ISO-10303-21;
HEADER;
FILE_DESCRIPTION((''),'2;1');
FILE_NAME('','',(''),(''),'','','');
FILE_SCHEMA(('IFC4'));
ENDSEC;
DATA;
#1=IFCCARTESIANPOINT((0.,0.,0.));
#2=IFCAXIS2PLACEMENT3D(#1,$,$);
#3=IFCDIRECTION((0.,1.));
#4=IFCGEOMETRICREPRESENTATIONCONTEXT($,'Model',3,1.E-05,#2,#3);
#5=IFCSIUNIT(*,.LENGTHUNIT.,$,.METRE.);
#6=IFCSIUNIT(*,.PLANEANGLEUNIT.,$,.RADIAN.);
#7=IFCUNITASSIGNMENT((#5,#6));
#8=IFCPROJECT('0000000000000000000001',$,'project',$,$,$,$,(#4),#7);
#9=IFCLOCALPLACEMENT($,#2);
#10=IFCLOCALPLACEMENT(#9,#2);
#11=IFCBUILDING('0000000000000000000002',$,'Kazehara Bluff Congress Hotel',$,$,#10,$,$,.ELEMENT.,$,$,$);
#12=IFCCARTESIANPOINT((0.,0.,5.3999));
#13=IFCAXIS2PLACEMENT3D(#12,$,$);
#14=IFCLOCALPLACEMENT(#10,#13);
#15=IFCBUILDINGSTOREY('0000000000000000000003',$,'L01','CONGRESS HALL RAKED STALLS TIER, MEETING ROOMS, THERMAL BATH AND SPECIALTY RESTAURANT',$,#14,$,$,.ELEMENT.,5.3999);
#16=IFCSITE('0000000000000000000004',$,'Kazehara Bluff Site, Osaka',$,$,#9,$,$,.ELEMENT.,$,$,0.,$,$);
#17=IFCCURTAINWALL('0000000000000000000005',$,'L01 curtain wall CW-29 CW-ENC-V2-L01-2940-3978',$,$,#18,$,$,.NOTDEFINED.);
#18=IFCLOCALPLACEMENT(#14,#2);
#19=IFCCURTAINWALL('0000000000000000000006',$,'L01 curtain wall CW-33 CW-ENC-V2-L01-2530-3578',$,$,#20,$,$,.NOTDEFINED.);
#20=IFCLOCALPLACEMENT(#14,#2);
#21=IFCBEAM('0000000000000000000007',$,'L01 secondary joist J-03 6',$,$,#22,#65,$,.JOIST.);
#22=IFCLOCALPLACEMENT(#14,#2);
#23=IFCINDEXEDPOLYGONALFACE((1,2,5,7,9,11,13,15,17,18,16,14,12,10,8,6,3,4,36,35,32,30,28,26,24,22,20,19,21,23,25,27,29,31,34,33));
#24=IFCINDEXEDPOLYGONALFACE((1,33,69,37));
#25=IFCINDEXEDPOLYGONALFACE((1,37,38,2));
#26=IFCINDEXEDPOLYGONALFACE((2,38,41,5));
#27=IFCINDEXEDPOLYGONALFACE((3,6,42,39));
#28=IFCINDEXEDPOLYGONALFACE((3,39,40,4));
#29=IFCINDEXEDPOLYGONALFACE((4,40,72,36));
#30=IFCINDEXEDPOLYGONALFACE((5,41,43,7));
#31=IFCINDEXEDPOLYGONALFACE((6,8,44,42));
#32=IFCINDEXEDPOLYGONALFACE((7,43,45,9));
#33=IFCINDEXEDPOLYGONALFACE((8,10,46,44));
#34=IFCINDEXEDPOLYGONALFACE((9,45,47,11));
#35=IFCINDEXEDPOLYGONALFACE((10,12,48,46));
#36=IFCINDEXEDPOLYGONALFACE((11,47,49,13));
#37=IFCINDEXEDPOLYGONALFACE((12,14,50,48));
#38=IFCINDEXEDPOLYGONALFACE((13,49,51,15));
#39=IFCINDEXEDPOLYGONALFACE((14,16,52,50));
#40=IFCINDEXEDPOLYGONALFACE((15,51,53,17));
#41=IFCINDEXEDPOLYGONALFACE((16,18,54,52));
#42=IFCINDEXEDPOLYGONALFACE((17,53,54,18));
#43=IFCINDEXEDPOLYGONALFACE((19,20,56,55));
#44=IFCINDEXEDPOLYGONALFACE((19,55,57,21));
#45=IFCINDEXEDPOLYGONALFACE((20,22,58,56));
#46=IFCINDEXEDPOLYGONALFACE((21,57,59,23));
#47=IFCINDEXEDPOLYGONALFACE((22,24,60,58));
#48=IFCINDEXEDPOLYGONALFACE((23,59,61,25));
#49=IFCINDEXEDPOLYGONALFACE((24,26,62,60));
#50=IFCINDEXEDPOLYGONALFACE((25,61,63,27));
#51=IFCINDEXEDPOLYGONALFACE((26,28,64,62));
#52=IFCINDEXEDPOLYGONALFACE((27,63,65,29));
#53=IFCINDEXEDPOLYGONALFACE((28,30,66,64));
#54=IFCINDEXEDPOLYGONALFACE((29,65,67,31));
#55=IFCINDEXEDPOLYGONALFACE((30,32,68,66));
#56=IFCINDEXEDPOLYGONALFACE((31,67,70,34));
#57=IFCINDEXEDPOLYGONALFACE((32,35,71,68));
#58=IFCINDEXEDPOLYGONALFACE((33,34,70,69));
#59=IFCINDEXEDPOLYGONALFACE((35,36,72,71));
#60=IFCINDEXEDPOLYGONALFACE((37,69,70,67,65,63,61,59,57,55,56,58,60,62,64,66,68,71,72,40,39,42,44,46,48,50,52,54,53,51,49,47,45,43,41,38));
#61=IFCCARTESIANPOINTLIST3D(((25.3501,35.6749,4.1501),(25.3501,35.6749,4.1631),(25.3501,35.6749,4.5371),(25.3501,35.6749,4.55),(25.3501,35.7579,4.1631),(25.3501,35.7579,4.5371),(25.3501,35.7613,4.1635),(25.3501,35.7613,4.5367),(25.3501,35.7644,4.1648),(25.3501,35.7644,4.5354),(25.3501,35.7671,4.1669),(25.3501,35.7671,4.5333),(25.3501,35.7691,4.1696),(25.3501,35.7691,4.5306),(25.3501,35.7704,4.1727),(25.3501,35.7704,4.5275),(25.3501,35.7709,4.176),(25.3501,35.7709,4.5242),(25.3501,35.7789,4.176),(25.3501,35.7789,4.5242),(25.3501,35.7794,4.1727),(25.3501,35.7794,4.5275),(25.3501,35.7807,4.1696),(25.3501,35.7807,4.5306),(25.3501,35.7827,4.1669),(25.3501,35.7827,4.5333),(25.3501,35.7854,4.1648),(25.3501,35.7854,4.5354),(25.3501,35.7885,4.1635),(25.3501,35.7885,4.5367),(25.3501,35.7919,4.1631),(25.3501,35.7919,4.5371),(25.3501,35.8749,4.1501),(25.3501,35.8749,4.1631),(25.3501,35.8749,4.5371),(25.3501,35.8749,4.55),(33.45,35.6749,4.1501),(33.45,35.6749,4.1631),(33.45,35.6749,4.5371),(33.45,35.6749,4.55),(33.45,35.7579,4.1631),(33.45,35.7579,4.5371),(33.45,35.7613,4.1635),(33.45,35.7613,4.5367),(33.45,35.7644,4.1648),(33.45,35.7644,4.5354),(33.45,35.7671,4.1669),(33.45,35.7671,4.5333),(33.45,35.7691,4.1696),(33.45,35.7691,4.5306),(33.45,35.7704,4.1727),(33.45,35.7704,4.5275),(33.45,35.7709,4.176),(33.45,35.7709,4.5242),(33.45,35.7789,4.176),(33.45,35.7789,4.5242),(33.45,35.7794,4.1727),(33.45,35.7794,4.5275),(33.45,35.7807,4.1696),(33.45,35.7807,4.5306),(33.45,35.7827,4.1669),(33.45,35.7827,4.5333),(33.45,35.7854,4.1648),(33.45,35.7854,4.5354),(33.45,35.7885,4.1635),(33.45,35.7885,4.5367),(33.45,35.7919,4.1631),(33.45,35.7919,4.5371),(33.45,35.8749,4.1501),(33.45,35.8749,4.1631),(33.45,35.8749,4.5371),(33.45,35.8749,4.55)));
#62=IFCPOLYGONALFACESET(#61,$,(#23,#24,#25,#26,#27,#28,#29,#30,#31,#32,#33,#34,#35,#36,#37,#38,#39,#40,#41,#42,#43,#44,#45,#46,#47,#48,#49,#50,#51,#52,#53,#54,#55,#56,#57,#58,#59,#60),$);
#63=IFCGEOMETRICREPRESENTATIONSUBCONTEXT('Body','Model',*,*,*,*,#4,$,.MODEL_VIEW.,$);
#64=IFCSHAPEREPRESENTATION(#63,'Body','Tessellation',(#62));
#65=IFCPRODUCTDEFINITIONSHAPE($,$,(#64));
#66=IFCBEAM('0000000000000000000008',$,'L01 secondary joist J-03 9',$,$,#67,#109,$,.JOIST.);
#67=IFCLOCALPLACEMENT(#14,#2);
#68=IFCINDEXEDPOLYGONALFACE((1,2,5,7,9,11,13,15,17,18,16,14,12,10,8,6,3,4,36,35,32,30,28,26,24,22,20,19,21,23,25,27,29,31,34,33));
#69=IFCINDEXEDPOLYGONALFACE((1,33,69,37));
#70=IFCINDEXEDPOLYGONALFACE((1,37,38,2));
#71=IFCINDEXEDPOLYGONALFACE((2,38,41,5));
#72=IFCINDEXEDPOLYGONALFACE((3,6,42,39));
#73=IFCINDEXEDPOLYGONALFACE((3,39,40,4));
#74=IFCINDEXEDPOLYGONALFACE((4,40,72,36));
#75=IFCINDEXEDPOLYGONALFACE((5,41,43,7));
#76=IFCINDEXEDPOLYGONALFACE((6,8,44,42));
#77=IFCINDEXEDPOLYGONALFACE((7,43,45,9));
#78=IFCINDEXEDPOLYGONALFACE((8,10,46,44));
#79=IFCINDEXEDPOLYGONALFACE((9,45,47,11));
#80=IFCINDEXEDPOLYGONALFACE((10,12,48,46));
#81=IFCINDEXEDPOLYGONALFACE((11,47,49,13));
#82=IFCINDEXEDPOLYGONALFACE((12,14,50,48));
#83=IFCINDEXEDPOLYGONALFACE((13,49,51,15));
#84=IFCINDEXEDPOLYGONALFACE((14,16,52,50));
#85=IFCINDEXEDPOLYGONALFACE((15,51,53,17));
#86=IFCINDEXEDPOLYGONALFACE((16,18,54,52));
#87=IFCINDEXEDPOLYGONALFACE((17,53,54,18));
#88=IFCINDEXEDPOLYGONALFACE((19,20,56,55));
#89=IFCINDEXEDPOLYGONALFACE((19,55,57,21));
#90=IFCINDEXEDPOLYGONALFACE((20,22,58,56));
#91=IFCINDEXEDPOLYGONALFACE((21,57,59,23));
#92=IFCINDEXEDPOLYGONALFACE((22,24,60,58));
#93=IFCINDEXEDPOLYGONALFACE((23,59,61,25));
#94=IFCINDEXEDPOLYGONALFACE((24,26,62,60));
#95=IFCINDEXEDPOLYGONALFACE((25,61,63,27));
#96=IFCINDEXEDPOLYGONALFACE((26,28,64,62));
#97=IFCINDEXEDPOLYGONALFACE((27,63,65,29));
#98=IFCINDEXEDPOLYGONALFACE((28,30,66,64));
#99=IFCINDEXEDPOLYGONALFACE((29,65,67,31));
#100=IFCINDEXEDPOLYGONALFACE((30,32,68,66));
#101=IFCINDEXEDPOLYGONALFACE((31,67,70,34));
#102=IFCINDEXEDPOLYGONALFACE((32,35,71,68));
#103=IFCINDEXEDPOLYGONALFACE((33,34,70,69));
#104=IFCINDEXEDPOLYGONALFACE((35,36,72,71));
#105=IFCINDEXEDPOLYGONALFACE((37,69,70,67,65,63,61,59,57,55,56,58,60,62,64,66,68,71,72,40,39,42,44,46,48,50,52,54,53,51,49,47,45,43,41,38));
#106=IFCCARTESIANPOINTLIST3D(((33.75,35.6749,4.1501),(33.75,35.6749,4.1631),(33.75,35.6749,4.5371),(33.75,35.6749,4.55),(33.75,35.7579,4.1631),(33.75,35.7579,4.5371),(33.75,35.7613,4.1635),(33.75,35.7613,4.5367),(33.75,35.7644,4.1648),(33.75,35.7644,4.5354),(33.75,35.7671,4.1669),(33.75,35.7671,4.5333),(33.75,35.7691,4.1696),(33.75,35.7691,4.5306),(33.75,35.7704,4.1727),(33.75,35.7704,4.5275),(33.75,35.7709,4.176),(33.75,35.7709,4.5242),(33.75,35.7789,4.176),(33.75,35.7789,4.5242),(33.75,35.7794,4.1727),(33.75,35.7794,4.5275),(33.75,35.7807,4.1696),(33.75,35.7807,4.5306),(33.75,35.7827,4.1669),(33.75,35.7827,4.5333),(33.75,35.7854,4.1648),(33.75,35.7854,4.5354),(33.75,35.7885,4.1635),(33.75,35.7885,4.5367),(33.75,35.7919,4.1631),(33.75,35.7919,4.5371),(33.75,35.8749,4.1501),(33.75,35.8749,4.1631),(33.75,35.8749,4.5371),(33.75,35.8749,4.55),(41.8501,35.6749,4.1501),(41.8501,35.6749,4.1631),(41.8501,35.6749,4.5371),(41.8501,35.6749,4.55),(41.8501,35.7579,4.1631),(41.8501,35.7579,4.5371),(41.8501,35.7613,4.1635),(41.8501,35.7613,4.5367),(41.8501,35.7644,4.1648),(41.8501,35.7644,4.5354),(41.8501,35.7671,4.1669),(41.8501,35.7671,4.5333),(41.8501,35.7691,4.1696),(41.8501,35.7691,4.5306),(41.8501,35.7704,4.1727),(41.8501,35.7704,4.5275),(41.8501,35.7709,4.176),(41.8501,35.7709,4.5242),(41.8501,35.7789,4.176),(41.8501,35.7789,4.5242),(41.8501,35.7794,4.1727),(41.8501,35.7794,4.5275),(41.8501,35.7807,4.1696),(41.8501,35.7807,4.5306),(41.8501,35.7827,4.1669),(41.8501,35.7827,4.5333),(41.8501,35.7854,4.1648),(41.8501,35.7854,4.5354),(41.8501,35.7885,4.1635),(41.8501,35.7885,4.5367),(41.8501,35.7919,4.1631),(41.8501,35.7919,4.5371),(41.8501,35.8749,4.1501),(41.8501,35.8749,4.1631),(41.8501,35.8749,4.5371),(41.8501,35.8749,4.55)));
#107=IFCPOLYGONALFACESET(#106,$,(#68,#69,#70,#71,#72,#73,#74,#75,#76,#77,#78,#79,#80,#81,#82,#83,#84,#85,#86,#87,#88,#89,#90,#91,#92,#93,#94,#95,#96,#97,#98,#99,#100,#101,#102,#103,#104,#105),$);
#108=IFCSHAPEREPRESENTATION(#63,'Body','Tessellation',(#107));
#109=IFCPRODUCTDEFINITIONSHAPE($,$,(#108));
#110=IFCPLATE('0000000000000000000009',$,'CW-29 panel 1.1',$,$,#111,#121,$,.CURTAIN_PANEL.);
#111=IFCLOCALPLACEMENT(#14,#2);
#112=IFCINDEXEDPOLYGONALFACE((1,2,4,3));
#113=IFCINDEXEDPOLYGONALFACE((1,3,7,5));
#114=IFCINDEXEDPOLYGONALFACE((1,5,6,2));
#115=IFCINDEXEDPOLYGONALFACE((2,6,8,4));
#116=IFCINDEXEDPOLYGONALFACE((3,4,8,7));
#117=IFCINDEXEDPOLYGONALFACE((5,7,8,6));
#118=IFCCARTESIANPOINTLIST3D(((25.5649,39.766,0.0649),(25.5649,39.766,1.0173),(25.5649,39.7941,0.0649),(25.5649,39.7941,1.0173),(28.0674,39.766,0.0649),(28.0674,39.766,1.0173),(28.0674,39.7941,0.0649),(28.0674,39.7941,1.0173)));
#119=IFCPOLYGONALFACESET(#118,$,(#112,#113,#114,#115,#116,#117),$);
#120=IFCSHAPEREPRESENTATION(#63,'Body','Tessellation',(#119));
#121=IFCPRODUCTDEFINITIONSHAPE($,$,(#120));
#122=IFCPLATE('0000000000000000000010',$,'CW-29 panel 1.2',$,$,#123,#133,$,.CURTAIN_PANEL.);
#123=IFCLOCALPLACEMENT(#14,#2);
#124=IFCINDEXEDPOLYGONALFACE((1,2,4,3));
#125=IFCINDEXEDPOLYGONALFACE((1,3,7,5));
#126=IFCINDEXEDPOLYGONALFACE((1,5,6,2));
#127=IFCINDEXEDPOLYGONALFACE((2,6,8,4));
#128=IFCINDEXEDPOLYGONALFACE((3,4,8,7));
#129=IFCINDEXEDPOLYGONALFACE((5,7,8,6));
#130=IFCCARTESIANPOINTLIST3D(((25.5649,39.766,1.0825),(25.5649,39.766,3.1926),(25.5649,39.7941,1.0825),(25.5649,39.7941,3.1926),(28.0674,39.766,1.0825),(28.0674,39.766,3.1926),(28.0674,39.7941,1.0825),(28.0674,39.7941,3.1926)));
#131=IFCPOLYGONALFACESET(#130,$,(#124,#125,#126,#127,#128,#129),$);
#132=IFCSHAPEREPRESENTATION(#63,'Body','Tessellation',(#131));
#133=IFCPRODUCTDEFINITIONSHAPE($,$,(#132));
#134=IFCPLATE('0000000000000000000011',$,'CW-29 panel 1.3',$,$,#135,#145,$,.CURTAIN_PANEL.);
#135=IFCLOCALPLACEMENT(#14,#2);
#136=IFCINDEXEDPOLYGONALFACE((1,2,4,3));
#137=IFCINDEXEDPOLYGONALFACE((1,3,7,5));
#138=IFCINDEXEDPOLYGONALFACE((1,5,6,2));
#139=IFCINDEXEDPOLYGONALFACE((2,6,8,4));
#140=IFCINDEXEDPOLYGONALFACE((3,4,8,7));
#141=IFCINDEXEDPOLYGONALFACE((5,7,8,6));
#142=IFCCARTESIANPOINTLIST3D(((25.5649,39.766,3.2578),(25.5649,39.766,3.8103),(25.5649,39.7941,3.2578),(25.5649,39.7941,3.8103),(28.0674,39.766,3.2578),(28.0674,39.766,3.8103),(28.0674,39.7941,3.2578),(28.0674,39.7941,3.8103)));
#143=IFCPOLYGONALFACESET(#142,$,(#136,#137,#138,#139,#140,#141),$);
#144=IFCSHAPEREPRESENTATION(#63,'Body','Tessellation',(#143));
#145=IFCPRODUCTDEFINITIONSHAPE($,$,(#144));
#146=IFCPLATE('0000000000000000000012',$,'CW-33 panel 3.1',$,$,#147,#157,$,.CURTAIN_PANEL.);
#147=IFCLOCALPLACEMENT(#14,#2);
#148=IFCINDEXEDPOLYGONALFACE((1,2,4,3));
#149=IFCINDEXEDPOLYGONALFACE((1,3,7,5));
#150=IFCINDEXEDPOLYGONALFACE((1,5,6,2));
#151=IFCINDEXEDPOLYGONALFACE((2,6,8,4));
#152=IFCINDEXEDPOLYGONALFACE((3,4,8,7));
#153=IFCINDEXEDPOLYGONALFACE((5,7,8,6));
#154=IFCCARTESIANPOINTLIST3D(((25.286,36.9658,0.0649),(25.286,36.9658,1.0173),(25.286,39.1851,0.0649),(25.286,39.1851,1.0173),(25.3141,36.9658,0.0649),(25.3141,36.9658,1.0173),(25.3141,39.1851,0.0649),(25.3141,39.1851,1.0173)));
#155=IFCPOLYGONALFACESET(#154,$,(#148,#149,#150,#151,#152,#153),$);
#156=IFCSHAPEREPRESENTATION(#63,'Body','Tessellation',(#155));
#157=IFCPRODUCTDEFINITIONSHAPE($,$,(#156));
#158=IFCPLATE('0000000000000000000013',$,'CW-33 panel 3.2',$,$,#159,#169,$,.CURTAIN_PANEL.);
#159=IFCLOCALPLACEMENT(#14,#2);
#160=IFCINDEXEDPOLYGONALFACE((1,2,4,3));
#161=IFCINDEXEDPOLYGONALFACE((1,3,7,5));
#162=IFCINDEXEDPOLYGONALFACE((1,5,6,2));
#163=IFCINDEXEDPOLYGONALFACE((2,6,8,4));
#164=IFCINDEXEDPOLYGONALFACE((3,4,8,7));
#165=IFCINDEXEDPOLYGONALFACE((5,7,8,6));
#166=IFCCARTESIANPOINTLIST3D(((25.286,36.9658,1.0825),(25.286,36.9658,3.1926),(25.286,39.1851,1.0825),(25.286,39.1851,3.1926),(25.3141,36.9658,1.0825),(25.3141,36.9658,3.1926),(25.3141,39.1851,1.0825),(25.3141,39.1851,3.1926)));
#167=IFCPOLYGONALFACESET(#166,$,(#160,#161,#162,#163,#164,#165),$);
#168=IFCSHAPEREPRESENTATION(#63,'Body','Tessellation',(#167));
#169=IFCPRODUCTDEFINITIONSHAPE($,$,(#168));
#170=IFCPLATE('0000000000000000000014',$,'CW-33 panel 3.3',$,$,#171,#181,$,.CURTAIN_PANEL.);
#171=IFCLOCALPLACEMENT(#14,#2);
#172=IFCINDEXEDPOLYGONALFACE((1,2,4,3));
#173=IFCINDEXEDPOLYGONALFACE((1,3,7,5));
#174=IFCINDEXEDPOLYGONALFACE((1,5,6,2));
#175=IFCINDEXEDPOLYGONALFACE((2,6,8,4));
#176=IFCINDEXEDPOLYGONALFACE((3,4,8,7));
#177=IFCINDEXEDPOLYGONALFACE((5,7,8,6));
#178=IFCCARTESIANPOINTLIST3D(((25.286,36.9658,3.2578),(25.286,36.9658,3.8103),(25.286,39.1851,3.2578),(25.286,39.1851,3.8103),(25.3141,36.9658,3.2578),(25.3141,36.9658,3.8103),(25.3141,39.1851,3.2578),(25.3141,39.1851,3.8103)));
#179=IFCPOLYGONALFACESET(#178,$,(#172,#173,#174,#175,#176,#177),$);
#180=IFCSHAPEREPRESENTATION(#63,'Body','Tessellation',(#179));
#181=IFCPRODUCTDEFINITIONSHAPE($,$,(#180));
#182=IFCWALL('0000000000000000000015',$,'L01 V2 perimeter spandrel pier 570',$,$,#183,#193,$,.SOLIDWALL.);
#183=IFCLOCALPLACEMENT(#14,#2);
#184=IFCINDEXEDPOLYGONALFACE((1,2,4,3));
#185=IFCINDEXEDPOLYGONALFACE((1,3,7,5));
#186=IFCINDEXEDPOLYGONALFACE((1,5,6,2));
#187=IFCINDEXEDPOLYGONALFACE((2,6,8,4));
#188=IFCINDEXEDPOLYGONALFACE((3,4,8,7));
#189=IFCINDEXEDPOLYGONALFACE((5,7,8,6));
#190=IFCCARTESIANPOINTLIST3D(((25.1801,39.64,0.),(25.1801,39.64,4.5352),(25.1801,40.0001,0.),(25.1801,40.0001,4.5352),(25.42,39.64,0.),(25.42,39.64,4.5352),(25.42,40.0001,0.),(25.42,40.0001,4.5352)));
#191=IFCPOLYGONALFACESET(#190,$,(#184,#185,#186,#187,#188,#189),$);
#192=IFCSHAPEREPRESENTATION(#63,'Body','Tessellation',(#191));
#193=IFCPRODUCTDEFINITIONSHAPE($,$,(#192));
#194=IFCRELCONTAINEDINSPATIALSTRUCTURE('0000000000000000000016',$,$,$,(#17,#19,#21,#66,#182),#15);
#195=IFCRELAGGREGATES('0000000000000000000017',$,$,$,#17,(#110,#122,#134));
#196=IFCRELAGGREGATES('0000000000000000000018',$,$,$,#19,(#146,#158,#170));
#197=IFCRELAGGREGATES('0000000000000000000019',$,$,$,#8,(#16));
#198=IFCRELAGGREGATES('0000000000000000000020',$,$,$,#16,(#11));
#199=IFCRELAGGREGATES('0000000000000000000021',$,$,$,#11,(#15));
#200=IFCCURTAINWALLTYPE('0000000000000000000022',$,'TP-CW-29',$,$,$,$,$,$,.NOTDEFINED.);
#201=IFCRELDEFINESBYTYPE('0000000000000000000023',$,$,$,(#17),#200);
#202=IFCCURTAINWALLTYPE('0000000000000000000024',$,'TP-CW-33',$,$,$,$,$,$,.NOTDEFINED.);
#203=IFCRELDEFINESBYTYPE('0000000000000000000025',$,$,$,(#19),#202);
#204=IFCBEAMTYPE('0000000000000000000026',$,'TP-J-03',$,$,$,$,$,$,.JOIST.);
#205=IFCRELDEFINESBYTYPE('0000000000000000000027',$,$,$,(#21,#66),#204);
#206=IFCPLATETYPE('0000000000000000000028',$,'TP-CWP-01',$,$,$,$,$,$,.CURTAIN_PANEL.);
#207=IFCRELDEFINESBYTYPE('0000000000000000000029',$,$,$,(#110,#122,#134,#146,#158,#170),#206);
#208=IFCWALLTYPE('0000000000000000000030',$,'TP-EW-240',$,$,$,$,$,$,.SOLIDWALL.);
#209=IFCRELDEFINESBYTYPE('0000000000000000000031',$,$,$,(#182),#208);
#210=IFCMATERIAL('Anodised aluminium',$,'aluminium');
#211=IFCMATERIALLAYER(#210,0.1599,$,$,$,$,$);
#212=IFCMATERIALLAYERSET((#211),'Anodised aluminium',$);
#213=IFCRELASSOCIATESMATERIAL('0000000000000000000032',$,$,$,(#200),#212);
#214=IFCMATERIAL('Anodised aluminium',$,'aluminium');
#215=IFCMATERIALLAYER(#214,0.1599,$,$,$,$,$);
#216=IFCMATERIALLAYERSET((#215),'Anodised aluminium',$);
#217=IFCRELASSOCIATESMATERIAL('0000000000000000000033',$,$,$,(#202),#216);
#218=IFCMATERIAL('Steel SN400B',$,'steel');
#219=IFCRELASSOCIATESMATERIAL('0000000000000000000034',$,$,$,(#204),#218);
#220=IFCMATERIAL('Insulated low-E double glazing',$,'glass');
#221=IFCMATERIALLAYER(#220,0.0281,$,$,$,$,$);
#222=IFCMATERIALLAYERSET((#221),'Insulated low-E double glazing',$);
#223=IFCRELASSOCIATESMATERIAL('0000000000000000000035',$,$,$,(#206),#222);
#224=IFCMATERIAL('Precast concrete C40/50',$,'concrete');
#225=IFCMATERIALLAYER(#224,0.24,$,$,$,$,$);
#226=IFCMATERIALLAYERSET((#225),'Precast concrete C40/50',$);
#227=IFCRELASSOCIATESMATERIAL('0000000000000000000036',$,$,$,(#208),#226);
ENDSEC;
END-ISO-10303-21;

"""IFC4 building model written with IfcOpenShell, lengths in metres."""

from ifc_helpers import new_model, si_unit, direction, frame, frame_2d, origin, origin_2d, place, context, subcontext, project, spatial, rectangle, i_section, extrude, material, layer, layer_set, material_profile, profile_set, type_object, element, aggregate, save


model = new_model("IFC4")

# Units and contexts
model_context = context("Model", 3, precision=1e-05, world=origin(), true_north=direction((0.0, 1.0)))
body_context = subcontext(model_context, "Body", "Model", "MODEL_VIEW")
ifc_project = project(units=[si_unit("LENGTHUNIT", "METRE"), si_unit("PLANEANGLEUNIT", "RADIAN")], contexts=[model_context])

# Site, building, storey
site_placement = place(None, origin())
site = spatial("IfcSite", under=ifc_project, at=site_placement, Name="Kazehara Bluff Site, Osaka", CompositionType="ELEMENT", RefElevation=0.0)
building_placement = place(site_placement, origin())
building = spatial("IfcBuilding", under=site, at=building_placement, Name="Kazehara Bluff Congress Hotel", CompositionType="ELEMENT")
storey_placement = place(building_placement, frame((0.0, 0.0, 5.3999)))
storey = spatial("IfcBuildingStorey", under=building, at=storey_placement, Name="L01", Description="CONGRESS HALL RAKED STALLS TIER, MEETING ROOMS, THERMAL BATH AND SPECIALTY RESTAURANT", CompositionType="ELEMENT", Elevation=5.3999)

# Curtain wall
ifc_material_1 = material(Name="Anodised aluminium", Category="aluminium")
ifc_layer_1 = layer(ifc_material_1, 0.1599)
ifc_layer_set_1 = layer_set([ifc_layer_1], Name="Anodised aluminium")
curtain_wall_type_1 = type_object("IfcCurtainWallType", Name="TP-CW-29", PredefinedType="NOTDEFINED", material=ifc_layer_set_1)
curtain_wall_1_placement = place(storey_placement, origin())
curtain_wall_1 = element("IfcCurtainWall", 1, at=curtain_wall_1_placement, inside=storey, type_object=curtain_wall_type_1, Name="L01 curtain wall CW-29 CW-ENC-V2-L01-2940-3978", PredefinedType="NOTDEFINED")

# Curtain wall
ifc_material_2 = material(Name="Anodised aluminium", Category="aluminium")
ifc_layer_2 = layer(ifc_material_2, 0.1599)
ifc_layer_set_2 = layer_set([ifc_layer_2], Name="Anodised aluminium")
curtain_wall_type_2 = type_object("IfcCurtainWallType", Name="TP-CW-33", PredefinedType="NOTDEFINED", material=ifc_layer_set_2)
curtain_wall_2_placement = place(storey_placement, origin())
curtain_wall_2 = element("IfcCurtainWall", 2, at=curtain_wall_2_placement, inside=storey, type_object=curtain_wall_type_2, Name="L01 curtain wall CW-33 CW-ENC-V2-L01-2530-3578", PredefinedType="NOTDEFINED")

# Beams
ifc_material_3 = material(Name="Steel SN400B", Category="steel")
ifc_material_profile_1 = material_profile(ifc_material_3, i_section(OverallWidth=0.2, OverallDepth=0.3999, WebThickness=0.0081, FlangeThickness=0.0129, FilletRadius=0.0129, at=origin_2d()))
ifc_profile_set_1 = profile_set([ifc_material_profile_1], Name="Steel SN400B")
beam_type_1 = type_object("IfcBeamType", Name="TP-J-03", PredefinedType="JOIST", material=ifc_profile_set_1)
beam_1_placement = place(storey_placement, frame((25.3501, 35.7749, 4.3501), z_axis=(1.0, 0.0, 0.0), x_axis=(0.0, 1.0, 0.0)))
element("IfcBeam", 3, at=beam_1_placement, inside=storey, type_object=beam_type_1, Name="L01 secondary joist J-03 6", PredefinedType="JOIST", context=body_context, shape_type="SweptSolid", body=[
    extrude(i_section(OverallWidth=0.2, OverallDepth=0.3999, WebThickness=0.0081, FlangeThickness=0.0129, FilletRadius=0.0129, at=origin_2d()), origin(), (0.0, 0.0, 1.0), 8.0999),
])
beam_2_placement = place(storey_placement, frame((33.75, 35.7749, 4.3501), z_axis=(1.0, 0.0, 0.0), x_axis=(0.0, 1.0, 0.0)))
element("IfcBeam", 4, at=beam_2_placement, inside=storey, type_object=beam_type_1, Name="L01 secondary joist J-03 9", PredefinedType="JOIST", context=body_context, shape_type="SweptSolid", body=[
    extrude(i_section(OverallWidth=0.2, OverallDepth=0.3999, WebThickness=0.0081, FlangeThickness=0.0129, FilletRadius=0.0129, at=origin_2d()), origin(), (0.0, 0.0, 1.0), 8.1001),
])

# Plates
ifc_material_4 = material(Name="Insulated low-E double glazing", Category="glass")
ifc_layer_3 = layer(ifc_material_4, 0.0281)
ifc_layer_set_3 = layer_set([ifc_layer_3], Name="Insulated low-E double glazing")
plate_type = type_object("IfcPlateType", Name="TP-CWP-01", PredefinedType="CURTAIN_PANEL", material=ifc_layer_set_3)
plate_1_placement = place(storey_placement, frame((26.8162, 39.78, 0.0649), z_axis=(0.0, 0.0, 1.0), x_axis=(1.0, 0.0, 0.0)))
plate_1 = element("IfcPlate", 5, at=plate_1_placement, type_object=plate_type, Name="CW-29 panel 1.1", PredefinedType="CURTAIN_PANEL", context=body_context, shape_type="SweptSolid", body=[
    extrude(rectangle(XDim=2.5024, YDim=0.0281, at=origin_2d()), origin(), (0.0, 0.0, 1.0), 0.9524),
])
plate_2_placement = place(storey_placement, frame((26.8162, 39.78, 1.0825), z_axis=(0.0, 0.0, 1.0), x_axis=(1.0, 0.0, 0.0)))
plate_2 = element("IfcPlate", 6, at=plate_2_placement, type_object=plate_type, Name="CW-29 panel 1.2", PredefinedType="CURTAIN_PANEL", context=body_context, shape_type="SweptSolid", body=[
    extrude(rectangle(XDim=2.5024, YDim=0.0281, at=origin_2d()), origin(), (0.0, 0.0, 1.0), 2.1101),
])
plate_3_placement = place(storey_placement, frame((26.8162, 39.78, 3.2578), z_axis=(0.0, 0.0, 1.0), x_axis=(1.0, 0.0, 0.0)))
plate_3 = element("IfcPlate", 7, at=plate_3_placement, type_object=plate_type, Name="CW-29 panel 1.3", PredefinedType="CURTAIN_PANEL", context=body_context, shape_type="SweptSolid", body=[
    extrude(rectangle(XDim=2.5024, YDim=0.0281, at=origin_2d()), origin(), (0.0, 0.0, 1.0), 0.5525),
])
aggregate(curtain_wall_1, [plate_1, plate_2, plate_3])
plate_4_placement = place(storey_placement, frame((25.3, 38.0754, 0.0649), z_axis=(0.0, 0.0, 1.0), x_axis=(0.0, 1.0, 0.0)))
plate_4 = element("IfcPlate", 8, at=plate_4_placement, type_object=plate_type, Name="CW-33 panel 3.1", PredefinedType="CURTAIN_PANEL", context=body_context, shape_type="SweptSolid", body=[
    extrude(rectangle(XDim=2.2192, YDim=0.0281, at=origin_2d()), origin(), (0.0, 0.0, 1.0), 0.9524),
])
plate_5_placement = place(storey_placement, frame((25.3, 38.0754, 1.0825), z_axis=(0.0, 0.0, 1.0), x_axis=(0.0, 1.0, 0.0)))
plate_5 = element("IfcPlate", 9, at=plate_5_placement, type_object=plate_type, Name="CW-33 panel 3.2", PredefinedType="CURTAIN_PANEL", context=body_context, shape_type="SweptSolid", body=[
    extrude(rectangle(XDim=2.2192, YDim=0.0281, at=origin_2d()), origin(), (0.0, 0.0, 1.0), 2.1101),
])
plate_6_placement = place(storey_placement, frame((25.3, 38.0754, 3.2578), z_axis=(0.0, 0.0, 1.0), x_axis=(0.0, 1.0, 0.0)))
plate_6 = element("IfcPlate", 10, at=plate_6_placement, type_object=plate_type, Name="CW-33 panel 3.3", PredefinedType="CURTAIN_PANEL", context=body_context, shape_type="SweptSolid", body=[
    extrude(rectangle(XDim=2.2192, YDim=0.0281, at=origin_2d()), origin(), (0.0, 0.0, 1.0), 0.5525),
])
aggregate(curtain_wall_2, [plate_4, plate_5, plate_6])

# Wall
ifc_material_5 = material(Name="Precast concrete C40/50", Category="concrete")
ifc_layer_4 = layer(ifc_material_5, 0.24)
ifc_layer_set_4 = layer_set([ifc_layer_4], Name="Precast concrete C40/50")
wall_type_1 = type_object("IfcWallType", Name="TP-EW-240", PredefinedType="SOLIDWALL", material=ifc_layer_set_4)
wall_1_placement = place(storey_placement, frame((25.3, 39.6399, 0.0), z_axis=(0.0, 0.0, 1.0), x_axis=(0.0, 1.0, 0.0)))
element("IfcWall", 11, at=wall_1_placement, inside=storey, type_object=wall_type_1, Name="L01 V2 perimeter spandrel pier 570", PredefinedType="SOLIDWALL", context=body_context, shape_type="SweptSolid", body=[
    extrude(rectangle(XDim=0.3601, YDim=0.24, at=frame_2d((0.1802, 0.0))), origin(), (0.0, 0.0, 1.0), 4.5352),
])

save(model, "model.ifc")
